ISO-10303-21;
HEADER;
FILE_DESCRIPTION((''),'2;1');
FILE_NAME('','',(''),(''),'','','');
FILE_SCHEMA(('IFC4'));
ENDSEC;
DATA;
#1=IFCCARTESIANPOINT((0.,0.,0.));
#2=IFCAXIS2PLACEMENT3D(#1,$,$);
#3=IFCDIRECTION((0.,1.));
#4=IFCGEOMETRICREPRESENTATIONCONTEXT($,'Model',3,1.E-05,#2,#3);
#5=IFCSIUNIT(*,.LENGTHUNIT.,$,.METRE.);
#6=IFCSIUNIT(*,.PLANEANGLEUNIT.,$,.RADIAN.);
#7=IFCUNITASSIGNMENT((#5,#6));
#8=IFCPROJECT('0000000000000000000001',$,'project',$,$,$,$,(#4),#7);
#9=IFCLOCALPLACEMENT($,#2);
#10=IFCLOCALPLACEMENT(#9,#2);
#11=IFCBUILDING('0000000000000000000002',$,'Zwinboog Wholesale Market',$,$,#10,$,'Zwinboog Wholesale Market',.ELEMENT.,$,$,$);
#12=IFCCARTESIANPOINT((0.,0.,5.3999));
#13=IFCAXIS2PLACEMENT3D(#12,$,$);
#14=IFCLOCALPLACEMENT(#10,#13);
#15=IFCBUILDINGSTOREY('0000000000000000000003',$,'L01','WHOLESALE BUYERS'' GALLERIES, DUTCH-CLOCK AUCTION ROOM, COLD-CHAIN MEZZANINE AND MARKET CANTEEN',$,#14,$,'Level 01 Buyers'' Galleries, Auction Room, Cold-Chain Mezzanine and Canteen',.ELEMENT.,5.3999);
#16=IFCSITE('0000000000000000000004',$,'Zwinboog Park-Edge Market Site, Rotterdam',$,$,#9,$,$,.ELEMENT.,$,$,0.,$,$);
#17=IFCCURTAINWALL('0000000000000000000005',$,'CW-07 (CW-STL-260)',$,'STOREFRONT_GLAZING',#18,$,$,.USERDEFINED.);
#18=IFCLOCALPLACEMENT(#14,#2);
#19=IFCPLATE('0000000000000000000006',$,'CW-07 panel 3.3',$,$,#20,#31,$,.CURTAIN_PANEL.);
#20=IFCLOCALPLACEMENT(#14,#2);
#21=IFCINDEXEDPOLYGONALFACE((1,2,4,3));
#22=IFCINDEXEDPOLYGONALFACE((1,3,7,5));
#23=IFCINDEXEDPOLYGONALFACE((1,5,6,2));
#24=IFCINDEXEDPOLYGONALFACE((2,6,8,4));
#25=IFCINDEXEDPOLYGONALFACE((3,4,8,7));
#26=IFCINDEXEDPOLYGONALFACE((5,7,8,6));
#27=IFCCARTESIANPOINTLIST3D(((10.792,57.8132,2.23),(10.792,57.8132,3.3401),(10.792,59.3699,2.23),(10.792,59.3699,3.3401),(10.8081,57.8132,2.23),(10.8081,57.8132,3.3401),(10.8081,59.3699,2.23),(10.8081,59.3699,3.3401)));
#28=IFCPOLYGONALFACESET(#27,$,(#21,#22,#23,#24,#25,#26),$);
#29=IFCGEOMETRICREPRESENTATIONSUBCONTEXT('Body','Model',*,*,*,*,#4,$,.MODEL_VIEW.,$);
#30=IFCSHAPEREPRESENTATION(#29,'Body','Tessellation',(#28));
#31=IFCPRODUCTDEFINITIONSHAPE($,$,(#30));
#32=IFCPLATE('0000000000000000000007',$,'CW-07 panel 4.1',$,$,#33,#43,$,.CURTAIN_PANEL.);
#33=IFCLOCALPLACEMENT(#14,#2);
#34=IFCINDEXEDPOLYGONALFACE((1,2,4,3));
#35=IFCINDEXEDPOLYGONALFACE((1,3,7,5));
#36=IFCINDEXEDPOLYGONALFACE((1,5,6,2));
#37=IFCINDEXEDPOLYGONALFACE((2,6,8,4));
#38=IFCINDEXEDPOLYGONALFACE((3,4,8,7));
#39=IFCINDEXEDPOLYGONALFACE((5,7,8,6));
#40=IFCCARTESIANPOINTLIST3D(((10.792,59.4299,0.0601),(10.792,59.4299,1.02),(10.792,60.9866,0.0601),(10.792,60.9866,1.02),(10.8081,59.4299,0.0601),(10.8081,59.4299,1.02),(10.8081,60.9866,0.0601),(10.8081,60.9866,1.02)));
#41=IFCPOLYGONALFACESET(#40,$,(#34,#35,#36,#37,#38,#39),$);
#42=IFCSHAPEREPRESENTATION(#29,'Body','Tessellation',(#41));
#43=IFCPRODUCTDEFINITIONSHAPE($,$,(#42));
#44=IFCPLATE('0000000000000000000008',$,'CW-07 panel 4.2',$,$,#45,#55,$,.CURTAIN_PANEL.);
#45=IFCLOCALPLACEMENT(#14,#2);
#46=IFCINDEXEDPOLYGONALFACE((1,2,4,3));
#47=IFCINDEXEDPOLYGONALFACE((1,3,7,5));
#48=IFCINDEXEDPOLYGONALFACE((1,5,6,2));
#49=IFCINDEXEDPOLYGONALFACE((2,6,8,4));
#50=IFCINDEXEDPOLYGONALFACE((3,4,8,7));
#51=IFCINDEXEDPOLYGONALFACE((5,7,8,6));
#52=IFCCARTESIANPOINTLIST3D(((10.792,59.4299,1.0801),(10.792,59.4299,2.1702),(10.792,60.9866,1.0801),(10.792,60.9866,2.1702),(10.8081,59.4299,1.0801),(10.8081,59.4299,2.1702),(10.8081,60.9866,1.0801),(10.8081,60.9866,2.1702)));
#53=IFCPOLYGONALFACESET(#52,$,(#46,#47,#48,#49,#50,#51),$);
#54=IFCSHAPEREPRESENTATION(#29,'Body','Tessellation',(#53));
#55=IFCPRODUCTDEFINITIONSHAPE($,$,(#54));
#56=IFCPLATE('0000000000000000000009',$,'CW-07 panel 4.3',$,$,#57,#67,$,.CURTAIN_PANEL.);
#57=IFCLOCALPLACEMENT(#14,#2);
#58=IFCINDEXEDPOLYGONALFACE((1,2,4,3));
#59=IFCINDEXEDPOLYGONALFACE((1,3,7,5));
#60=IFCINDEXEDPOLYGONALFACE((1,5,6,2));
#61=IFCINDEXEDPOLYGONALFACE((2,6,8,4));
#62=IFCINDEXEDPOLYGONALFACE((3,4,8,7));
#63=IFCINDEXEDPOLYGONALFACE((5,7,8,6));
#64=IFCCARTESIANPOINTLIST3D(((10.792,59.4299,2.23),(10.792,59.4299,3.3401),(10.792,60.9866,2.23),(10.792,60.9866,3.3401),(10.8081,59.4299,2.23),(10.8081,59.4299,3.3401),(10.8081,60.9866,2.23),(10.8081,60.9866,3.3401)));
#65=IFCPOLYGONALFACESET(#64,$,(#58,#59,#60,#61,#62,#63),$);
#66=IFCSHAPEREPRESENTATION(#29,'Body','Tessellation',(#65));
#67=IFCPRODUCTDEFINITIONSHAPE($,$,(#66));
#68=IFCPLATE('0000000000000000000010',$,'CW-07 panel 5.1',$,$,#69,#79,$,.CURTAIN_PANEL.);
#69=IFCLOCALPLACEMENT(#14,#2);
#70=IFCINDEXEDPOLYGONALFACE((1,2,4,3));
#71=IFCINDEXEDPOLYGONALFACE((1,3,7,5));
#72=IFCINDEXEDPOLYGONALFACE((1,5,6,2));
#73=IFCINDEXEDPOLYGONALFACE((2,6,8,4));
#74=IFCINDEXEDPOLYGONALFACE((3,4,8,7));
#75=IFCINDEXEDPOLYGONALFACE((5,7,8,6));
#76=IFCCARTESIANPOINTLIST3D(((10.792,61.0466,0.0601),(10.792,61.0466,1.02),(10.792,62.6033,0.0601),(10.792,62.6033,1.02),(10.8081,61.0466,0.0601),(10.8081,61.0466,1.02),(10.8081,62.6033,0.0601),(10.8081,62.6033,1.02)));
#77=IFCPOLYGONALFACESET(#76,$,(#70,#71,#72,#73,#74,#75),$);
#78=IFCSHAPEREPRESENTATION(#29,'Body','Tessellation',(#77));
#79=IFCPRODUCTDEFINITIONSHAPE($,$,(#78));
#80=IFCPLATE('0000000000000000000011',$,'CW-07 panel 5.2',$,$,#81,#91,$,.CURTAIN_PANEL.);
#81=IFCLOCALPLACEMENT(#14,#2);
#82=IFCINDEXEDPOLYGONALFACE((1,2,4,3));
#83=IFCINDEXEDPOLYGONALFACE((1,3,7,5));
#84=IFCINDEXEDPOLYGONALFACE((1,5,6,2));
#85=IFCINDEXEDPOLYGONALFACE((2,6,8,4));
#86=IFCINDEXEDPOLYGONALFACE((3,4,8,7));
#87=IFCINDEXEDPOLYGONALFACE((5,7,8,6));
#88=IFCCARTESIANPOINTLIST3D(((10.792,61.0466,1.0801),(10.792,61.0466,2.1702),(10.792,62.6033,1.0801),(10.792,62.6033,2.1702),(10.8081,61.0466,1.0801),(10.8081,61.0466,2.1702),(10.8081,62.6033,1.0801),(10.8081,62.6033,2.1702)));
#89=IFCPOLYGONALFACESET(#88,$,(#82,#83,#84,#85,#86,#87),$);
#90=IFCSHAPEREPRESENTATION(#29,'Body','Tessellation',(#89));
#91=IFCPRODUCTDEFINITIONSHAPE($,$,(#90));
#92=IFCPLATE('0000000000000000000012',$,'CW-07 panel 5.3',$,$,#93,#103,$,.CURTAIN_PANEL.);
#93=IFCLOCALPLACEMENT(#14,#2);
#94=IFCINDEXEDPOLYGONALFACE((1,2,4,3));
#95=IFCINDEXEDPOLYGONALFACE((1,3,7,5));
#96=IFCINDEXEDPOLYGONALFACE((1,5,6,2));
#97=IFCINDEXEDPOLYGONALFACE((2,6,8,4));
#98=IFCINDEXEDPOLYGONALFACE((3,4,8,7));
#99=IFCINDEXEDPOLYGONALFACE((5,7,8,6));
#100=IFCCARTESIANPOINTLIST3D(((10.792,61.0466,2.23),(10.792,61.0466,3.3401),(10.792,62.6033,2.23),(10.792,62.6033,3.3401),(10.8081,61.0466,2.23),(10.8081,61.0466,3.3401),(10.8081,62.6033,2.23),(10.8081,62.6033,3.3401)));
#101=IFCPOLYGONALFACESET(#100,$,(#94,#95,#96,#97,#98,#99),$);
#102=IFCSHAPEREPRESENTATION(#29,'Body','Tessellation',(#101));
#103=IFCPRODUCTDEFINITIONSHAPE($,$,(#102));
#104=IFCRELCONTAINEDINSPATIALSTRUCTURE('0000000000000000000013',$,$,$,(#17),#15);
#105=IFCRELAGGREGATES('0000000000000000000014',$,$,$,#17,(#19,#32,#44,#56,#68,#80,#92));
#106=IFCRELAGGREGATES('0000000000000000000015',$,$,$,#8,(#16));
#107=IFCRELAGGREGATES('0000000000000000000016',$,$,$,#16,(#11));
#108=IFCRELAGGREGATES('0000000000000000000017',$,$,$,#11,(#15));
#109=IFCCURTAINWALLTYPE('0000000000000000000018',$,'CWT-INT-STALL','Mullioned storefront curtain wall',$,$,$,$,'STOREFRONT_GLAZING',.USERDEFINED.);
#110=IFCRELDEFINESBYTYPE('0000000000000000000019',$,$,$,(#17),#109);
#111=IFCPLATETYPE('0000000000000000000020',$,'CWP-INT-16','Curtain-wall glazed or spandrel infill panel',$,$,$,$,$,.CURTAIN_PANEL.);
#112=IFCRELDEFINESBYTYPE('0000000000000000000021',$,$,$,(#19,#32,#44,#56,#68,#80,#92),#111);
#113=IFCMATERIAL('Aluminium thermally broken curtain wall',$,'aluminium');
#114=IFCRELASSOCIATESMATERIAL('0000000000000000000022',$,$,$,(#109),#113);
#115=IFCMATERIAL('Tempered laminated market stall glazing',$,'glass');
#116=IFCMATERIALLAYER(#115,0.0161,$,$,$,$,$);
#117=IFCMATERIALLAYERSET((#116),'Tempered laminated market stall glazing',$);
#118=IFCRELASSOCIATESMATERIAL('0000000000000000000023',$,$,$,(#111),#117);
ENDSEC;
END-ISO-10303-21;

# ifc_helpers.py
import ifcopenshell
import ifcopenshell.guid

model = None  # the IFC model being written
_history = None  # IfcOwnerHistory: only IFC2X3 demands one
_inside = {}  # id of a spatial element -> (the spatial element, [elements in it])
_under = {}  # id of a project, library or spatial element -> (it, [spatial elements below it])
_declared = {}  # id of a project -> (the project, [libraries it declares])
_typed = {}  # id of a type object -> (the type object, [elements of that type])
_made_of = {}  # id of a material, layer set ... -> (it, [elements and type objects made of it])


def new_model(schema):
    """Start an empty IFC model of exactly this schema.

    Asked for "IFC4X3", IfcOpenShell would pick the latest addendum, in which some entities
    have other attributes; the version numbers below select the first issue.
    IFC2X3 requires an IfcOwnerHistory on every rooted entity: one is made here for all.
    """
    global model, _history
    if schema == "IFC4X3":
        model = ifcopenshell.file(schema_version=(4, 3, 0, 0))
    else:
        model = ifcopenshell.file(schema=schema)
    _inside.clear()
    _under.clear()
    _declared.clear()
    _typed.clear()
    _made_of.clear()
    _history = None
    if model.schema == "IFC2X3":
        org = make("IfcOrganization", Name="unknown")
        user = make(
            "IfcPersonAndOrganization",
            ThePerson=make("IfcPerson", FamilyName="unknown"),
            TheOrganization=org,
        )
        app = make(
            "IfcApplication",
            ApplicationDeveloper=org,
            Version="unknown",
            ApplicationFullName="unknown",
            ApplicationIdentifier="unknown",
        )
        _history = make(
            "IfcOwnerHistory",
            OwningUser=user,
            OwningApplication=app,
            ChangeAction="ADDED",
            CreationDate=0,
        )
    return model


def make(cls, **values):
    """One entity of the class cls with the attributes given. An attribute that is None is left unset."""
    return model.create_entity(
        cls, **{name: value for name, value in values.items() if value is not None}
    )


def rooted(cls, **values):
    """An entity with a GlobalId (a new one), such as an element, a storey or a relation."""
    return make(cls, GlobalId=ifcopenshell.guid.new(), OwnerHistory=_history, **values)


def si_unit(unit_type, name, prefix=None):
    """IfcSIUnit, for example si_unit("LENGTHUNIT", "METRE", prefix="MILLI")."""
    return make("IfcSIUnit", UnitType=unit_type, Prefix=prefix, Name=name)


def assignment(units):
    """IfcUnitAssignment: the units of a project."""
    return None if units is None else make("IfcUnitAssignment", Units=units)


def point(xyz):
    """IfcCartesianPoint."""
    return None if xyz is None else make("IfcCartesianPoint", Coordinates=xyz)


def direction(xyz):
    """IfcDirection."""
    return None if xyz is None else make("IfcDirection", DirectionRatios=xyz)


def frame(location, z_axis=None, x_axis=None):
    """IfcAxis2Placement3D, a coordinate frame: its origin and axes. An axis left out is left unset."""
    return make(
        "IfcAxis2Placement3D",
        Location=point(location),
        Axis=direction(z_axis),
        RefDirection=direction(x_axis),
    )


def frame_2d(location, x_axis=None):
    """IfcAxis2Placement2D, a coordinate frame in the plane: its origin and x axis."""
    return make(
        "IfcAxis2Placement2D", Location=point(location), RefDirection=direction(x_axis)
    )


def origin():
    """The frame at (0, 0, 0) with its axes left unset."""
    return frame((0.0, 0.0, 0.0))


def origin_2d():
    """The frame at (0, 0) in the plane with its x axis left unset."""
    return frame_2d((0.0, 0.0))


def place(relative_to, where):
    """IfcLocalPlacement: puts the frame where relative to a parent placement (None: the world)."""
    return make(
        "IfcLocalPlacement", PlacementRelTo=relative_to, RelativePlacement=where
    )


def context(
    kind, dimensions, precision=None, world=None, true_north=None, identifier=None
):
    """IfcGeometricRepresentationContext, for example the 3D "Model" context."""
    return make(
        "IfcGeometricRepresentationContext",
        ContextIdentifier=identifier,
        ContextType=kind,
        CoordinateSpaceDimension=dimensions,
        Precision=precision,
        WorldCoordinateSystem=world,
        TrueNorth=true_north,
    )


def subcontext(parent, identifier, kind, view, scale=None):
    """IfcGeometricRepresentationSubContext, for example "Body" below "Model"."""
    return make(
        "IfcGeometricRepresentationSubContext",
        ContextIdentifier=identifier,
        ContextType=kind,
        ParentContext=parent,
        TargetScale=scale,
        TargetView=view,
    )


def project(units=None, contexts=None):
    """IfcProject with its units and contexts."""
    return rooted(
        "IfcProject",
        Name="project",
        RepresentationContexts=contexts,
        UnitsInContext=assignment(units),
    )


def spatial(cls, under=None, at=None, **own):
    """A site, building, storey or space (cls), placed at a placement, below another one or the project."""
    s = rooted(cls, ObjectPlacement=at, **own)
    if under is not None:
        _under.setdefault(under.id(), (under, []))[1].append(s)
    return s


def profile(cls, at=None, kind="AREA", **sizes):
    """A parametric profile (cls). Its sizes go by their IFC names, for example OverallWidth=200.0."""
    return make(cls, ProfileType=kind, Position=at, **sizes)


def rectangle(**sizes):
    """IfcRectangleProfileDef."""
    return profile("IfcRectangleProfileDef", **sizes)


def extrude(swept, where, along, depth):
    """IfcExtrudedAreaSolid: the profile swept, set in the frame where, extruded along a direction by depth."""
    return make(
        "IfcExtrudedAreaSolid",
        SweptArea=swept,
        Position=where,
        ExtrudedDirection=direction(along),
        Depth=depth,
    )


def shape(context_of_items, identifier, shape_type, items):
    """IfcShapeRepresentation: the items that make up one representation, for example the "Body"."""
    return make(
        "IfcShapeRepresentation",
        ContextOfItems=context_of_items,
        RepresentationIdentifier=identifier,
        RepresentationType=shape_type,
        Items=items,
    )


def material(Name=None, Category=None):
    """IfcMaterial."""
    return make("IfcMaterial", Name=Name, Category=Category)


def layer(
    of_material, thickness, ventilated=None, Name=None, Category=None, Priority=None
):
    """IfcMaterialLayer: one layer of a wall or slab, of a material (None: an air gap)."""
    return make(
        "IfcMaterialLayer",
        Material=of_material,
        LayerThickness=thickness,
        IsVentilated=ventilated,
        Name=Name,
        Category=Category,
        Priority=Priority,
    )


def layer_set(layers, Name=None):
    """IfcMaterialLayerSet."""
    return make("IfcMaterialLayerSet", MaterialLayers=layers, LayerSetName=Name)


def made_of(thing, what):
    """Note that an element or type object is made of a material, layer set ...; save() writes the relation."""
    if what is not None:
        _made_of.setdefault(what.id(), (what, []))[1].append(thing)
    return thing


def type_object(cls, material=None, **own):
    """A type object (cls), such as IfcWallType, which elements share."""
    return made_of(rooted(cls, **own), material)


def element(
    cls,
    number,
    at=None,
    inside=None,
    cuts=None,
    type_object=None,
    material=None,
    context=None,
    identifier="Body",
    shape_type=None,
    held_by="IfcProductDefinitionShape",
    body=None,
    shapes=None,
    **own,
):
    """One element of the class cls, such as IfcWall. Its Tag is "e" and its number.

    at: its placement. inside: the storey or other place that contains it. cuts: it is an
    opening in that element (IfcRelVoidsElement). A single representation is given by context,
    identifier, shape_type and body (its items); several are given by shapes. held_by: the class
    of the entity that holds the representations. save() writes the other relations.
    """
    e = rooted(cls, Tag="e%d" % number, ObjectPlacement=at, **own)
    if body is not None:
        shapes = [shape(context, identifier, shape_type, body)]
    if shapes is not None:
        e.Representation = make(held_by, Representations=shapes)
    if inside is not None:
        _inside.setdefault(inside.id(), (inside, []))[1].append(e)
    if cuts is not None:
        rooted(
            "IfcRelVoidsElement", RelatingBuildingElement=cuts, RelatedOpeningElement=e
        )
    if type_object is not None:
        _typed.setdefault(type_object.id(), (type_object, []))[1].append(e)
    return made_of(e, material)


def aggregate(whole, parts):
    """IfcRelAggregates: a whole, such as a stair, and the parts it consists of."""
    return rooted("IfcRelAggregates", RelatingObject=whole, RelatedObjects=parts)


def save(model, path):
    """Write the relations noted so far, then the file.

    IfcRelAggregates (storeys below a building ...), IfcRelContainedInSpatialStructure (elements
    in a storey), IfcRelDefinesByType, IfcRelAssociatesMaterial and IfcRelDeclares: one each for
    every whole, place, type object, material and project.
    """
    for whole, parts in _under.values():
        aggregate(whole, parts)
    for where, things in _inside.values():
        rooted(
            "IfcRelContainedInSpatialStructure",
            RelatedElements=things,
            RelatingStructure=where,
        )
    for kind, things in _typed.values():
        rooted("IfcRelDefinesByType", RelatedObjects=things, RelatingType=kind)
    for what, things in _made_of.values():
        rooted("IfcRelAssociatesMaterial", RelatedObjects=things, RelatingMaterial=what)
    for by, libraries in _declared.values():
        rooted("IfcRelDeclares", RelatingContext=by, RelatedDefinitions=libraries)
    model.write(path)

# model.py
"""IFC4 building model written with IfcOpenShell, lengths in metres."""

from ifc_helpers import new_model, si_unit, direction, frame, origin, origin_2d, place, context, subcontext, project, spatial, rectangle, extrude, material, layer, layer_set, type_object, element, aggregate, save


model = new_model("IFC4")

# Units and contexts
model_context = context("Model", 3, precision=1e-05, world=origin(), true_north=direction((0.0, 1.0)))
body_context = subcontext(model_context, "Body", "Model", "MODEL_VIEW")
ifc_project = project(units=[si_unit("LENGTHUNIT", "METRE"), si_unit("PLANEANGLEUNIT", "RADIAN")], contexts=[model_context])

# Site, building, storey
site_placement = place(None, origin())
site = spatial("IfcSite", under=ifc_project, at=site_placement, Name="Zwinboog Park-Edge Market Site, Rotterdam", CompositionType="ELEMENT", RefElevation=0.0)
building_placement = place(site_placement, origin())
building = spatial("IfcBuilding", under=site, at=building_placement, Name="Zwinboog Wholesale Market", LongName="Zwinboog Wholesale Market", CompositionType="ELEMENT")
storey_placement = place(building_placement, frame((0.0, 0.0, 5.3999)))
storey = spatial("IfcBuildingStorey", under=building, at=storey_placement, Name="L01", Description="WHOLESALE BUYERS' GALLERIES, DUTCH-CLOCK AUCTION ROOM, COLD-CHAIN MEZZANINE AND MARKET CANTEEN", LongName="Level 01 Buyers' Galleries, Auction Room, Cold-Chain Mezzanine and Canteen", CompositionType="ELEMENT", Elevation=5.3999)

# Curtain wall, plates
ifc_material_1 = material(Name="Aluminium thermally broken curtain wall", Category="aluminium")
curtain_wall_type = type_object("IfcCurtainWallType", Name="CWT-INT-STALL", Description="Mullioned storefront curtain wall", ElementType="STOREFRONT_GLAZING", PredefinedType="USERDEFINED", material=ifc_material_1)
curtain_wall_placement = place(storey_placement, origin())
curtain_wall = element("IfcCurtainWall", 1, at=curtain_wall_placement, inside=storey, type_object=curtain_wall_type, Name="CW-07 (CW-STL-260)", ObjectType="STOREFRONT_GLAZING", PredefinedType="USERDEFINED")
ifc_material_2 = material(Name="Tempered laminated market stall glazing", Category="glass")
ifc_layer = layer(ifc_material_2, 0.0161)
ifc_layer_set = layer_set([ifc_layer], Name="Tempered laminated market stall glazing")
plate_type = type_object("IfcPlateType", Name="CWP-INT-16", Description="Curtain-wall glazed or spandrel infill panel", PredefinedType="CURTAIN_PANEL", material=ifc_layer_set)
plate_1_placement = place(storey_placement, frame((10.8, 58.5916, 2.23), z_axis=(0.0, 0.0, 1.0), x_axis=(0.0, 1.0, 0.0)))
plate_1 = element("IfcPlate", 2, at=plate_1_placement, type_object=plate_type, Name="CW-07 panel 3.3", PredefinedType="CURTAIN_PANEL", context=body_context, shape_type="SweptSolid", body=[
    extrude(rectangle(XDim=1.5566, YDim=0.0161, at=origin_2d()), origin(), (0.0, 0.0, 1.0), 1.1101),
])
plate_2_placement = place(storey_placement, frame((10.8, 60.2083, 0.0601), z_axis=(0.0, 0.0, 1.0), x_axis=(0.0, 1.0, 0.0)))
plate_2 = element("IfcPlate", 3, at=plate_2_placement, type_object=plate_type, Name="CW-07 panel 4.1", PredefinedType="CURTAIN_PANEL", context=body_context, shape_type="SweptSolid", body=[
    extrude(rectangle(XDim=1.5566, YDim=0.0161, at=origin_2d()), origin(), (0.0, 0.0, 1.0), 0.96),
])
plate_3_placement = place(storey_placement, frame((10.8, 60.2083, 1.0801), z_axis=(0.0, 0.0, 1.0), x_axis=(0.0, 1.0, 0.0)))
plate_3 = element("IfcPlate", 4, at=plate_3_placement, type_object=plate_type, Name="CW-07 panel 4.2", PredefinedType="CURTAIN_PANEL", context=body_context, shape_type="SweptSolid", body=[
    extrude(rectangle(XDim=1.5566, YDim=0.0161, at=origin_2d()), origin(), (0.0, 0.0, 1.0), 1.0901),
])
plate_4_placement = place(storey_placement, frame((10.8, 60.2083, 2.23), z_axis=(0.0, 0.0, 1.0), x_axis=(0.0, 1.0, 0.0)))
plate_4 = element("IfcPlate", 5, at=plate_4_placement, type_object=plate_type, Name="CW-07 panel 4.3", PredefinedType="CURTAIN_PANEL", context=body_context, shape_type="SweptSolid", body=[
    extrude(rectangle(XDim=1.5566, YDim=0.0161, at=origin_2d()), origin(), (0.0, 0.0, 1.0), 1.1101),
])
plate_5_placement = place(storey_placement, frame((10.8, 61.825, 0.0601), z_axis=(0.0, 0.0, 1.0), x_axis=(0.0, 1.0, 0.0)))
plate_5 = element("IfcPlate", 6, at=plate_5_placement, type_object=plate_type, Name="CW-07 panel 5.1", PredefinedType="CURTAIN_PANEL", context=body_context, shape_type="SweptSolid", body=[
    extrude(rectangle(XDim=1.5566, YDim=0.0161, at=origin_2d()), origin(), (0.0, 0.0, 1.0), 0.96),
])
plate_6_placement = place(storey_placement, frame((10.8, 61.825, 1.0801), z_axis=(0.0, 0.0, 1.0), x_axis=(0.0, 1.0, 0.0)))
plate_6 = element("IfcPlate", 7, at=plate_6_placement, type_object=plate_type, Name="CW-07 panel 5.2", PredefinedType="CURTAIN_PANEL", context=body_context, shape_type="SweptSolid", body=[
    extrude(rectangle(XDim=1.5566, YDim=0.0161, at=origin_2d()), origin(), (0.0, 0.0, 1.0), 1.0901),
])
plate_7_placement = place(storey_placement, frame((10.8, 61.825, 2.23), z_axis=(0.0, 0.0, 1.0), x_axis=(0.0, 1.0, 0.0)))
plate_7 = element("IfcPlate", 8, at=plate_7_placement, type_object=plate_type, Name="CW-07 panel 5.3", PredefinedType="CURTAIN_PANEL", context=body_context, shape_type="SweptSolid", body=[
    extrude(rectangle(XDim=1.5566, YDim=0.0161, at=origin_2d()), origin(), (0.0, 0.0, 1.0), 1.1101),
])
aggregate(curtain_wall, [plate_1, plate_2, plate_3, plate_4, plate_5, plate_6, plate_7])

save(model, "model.ifc")
